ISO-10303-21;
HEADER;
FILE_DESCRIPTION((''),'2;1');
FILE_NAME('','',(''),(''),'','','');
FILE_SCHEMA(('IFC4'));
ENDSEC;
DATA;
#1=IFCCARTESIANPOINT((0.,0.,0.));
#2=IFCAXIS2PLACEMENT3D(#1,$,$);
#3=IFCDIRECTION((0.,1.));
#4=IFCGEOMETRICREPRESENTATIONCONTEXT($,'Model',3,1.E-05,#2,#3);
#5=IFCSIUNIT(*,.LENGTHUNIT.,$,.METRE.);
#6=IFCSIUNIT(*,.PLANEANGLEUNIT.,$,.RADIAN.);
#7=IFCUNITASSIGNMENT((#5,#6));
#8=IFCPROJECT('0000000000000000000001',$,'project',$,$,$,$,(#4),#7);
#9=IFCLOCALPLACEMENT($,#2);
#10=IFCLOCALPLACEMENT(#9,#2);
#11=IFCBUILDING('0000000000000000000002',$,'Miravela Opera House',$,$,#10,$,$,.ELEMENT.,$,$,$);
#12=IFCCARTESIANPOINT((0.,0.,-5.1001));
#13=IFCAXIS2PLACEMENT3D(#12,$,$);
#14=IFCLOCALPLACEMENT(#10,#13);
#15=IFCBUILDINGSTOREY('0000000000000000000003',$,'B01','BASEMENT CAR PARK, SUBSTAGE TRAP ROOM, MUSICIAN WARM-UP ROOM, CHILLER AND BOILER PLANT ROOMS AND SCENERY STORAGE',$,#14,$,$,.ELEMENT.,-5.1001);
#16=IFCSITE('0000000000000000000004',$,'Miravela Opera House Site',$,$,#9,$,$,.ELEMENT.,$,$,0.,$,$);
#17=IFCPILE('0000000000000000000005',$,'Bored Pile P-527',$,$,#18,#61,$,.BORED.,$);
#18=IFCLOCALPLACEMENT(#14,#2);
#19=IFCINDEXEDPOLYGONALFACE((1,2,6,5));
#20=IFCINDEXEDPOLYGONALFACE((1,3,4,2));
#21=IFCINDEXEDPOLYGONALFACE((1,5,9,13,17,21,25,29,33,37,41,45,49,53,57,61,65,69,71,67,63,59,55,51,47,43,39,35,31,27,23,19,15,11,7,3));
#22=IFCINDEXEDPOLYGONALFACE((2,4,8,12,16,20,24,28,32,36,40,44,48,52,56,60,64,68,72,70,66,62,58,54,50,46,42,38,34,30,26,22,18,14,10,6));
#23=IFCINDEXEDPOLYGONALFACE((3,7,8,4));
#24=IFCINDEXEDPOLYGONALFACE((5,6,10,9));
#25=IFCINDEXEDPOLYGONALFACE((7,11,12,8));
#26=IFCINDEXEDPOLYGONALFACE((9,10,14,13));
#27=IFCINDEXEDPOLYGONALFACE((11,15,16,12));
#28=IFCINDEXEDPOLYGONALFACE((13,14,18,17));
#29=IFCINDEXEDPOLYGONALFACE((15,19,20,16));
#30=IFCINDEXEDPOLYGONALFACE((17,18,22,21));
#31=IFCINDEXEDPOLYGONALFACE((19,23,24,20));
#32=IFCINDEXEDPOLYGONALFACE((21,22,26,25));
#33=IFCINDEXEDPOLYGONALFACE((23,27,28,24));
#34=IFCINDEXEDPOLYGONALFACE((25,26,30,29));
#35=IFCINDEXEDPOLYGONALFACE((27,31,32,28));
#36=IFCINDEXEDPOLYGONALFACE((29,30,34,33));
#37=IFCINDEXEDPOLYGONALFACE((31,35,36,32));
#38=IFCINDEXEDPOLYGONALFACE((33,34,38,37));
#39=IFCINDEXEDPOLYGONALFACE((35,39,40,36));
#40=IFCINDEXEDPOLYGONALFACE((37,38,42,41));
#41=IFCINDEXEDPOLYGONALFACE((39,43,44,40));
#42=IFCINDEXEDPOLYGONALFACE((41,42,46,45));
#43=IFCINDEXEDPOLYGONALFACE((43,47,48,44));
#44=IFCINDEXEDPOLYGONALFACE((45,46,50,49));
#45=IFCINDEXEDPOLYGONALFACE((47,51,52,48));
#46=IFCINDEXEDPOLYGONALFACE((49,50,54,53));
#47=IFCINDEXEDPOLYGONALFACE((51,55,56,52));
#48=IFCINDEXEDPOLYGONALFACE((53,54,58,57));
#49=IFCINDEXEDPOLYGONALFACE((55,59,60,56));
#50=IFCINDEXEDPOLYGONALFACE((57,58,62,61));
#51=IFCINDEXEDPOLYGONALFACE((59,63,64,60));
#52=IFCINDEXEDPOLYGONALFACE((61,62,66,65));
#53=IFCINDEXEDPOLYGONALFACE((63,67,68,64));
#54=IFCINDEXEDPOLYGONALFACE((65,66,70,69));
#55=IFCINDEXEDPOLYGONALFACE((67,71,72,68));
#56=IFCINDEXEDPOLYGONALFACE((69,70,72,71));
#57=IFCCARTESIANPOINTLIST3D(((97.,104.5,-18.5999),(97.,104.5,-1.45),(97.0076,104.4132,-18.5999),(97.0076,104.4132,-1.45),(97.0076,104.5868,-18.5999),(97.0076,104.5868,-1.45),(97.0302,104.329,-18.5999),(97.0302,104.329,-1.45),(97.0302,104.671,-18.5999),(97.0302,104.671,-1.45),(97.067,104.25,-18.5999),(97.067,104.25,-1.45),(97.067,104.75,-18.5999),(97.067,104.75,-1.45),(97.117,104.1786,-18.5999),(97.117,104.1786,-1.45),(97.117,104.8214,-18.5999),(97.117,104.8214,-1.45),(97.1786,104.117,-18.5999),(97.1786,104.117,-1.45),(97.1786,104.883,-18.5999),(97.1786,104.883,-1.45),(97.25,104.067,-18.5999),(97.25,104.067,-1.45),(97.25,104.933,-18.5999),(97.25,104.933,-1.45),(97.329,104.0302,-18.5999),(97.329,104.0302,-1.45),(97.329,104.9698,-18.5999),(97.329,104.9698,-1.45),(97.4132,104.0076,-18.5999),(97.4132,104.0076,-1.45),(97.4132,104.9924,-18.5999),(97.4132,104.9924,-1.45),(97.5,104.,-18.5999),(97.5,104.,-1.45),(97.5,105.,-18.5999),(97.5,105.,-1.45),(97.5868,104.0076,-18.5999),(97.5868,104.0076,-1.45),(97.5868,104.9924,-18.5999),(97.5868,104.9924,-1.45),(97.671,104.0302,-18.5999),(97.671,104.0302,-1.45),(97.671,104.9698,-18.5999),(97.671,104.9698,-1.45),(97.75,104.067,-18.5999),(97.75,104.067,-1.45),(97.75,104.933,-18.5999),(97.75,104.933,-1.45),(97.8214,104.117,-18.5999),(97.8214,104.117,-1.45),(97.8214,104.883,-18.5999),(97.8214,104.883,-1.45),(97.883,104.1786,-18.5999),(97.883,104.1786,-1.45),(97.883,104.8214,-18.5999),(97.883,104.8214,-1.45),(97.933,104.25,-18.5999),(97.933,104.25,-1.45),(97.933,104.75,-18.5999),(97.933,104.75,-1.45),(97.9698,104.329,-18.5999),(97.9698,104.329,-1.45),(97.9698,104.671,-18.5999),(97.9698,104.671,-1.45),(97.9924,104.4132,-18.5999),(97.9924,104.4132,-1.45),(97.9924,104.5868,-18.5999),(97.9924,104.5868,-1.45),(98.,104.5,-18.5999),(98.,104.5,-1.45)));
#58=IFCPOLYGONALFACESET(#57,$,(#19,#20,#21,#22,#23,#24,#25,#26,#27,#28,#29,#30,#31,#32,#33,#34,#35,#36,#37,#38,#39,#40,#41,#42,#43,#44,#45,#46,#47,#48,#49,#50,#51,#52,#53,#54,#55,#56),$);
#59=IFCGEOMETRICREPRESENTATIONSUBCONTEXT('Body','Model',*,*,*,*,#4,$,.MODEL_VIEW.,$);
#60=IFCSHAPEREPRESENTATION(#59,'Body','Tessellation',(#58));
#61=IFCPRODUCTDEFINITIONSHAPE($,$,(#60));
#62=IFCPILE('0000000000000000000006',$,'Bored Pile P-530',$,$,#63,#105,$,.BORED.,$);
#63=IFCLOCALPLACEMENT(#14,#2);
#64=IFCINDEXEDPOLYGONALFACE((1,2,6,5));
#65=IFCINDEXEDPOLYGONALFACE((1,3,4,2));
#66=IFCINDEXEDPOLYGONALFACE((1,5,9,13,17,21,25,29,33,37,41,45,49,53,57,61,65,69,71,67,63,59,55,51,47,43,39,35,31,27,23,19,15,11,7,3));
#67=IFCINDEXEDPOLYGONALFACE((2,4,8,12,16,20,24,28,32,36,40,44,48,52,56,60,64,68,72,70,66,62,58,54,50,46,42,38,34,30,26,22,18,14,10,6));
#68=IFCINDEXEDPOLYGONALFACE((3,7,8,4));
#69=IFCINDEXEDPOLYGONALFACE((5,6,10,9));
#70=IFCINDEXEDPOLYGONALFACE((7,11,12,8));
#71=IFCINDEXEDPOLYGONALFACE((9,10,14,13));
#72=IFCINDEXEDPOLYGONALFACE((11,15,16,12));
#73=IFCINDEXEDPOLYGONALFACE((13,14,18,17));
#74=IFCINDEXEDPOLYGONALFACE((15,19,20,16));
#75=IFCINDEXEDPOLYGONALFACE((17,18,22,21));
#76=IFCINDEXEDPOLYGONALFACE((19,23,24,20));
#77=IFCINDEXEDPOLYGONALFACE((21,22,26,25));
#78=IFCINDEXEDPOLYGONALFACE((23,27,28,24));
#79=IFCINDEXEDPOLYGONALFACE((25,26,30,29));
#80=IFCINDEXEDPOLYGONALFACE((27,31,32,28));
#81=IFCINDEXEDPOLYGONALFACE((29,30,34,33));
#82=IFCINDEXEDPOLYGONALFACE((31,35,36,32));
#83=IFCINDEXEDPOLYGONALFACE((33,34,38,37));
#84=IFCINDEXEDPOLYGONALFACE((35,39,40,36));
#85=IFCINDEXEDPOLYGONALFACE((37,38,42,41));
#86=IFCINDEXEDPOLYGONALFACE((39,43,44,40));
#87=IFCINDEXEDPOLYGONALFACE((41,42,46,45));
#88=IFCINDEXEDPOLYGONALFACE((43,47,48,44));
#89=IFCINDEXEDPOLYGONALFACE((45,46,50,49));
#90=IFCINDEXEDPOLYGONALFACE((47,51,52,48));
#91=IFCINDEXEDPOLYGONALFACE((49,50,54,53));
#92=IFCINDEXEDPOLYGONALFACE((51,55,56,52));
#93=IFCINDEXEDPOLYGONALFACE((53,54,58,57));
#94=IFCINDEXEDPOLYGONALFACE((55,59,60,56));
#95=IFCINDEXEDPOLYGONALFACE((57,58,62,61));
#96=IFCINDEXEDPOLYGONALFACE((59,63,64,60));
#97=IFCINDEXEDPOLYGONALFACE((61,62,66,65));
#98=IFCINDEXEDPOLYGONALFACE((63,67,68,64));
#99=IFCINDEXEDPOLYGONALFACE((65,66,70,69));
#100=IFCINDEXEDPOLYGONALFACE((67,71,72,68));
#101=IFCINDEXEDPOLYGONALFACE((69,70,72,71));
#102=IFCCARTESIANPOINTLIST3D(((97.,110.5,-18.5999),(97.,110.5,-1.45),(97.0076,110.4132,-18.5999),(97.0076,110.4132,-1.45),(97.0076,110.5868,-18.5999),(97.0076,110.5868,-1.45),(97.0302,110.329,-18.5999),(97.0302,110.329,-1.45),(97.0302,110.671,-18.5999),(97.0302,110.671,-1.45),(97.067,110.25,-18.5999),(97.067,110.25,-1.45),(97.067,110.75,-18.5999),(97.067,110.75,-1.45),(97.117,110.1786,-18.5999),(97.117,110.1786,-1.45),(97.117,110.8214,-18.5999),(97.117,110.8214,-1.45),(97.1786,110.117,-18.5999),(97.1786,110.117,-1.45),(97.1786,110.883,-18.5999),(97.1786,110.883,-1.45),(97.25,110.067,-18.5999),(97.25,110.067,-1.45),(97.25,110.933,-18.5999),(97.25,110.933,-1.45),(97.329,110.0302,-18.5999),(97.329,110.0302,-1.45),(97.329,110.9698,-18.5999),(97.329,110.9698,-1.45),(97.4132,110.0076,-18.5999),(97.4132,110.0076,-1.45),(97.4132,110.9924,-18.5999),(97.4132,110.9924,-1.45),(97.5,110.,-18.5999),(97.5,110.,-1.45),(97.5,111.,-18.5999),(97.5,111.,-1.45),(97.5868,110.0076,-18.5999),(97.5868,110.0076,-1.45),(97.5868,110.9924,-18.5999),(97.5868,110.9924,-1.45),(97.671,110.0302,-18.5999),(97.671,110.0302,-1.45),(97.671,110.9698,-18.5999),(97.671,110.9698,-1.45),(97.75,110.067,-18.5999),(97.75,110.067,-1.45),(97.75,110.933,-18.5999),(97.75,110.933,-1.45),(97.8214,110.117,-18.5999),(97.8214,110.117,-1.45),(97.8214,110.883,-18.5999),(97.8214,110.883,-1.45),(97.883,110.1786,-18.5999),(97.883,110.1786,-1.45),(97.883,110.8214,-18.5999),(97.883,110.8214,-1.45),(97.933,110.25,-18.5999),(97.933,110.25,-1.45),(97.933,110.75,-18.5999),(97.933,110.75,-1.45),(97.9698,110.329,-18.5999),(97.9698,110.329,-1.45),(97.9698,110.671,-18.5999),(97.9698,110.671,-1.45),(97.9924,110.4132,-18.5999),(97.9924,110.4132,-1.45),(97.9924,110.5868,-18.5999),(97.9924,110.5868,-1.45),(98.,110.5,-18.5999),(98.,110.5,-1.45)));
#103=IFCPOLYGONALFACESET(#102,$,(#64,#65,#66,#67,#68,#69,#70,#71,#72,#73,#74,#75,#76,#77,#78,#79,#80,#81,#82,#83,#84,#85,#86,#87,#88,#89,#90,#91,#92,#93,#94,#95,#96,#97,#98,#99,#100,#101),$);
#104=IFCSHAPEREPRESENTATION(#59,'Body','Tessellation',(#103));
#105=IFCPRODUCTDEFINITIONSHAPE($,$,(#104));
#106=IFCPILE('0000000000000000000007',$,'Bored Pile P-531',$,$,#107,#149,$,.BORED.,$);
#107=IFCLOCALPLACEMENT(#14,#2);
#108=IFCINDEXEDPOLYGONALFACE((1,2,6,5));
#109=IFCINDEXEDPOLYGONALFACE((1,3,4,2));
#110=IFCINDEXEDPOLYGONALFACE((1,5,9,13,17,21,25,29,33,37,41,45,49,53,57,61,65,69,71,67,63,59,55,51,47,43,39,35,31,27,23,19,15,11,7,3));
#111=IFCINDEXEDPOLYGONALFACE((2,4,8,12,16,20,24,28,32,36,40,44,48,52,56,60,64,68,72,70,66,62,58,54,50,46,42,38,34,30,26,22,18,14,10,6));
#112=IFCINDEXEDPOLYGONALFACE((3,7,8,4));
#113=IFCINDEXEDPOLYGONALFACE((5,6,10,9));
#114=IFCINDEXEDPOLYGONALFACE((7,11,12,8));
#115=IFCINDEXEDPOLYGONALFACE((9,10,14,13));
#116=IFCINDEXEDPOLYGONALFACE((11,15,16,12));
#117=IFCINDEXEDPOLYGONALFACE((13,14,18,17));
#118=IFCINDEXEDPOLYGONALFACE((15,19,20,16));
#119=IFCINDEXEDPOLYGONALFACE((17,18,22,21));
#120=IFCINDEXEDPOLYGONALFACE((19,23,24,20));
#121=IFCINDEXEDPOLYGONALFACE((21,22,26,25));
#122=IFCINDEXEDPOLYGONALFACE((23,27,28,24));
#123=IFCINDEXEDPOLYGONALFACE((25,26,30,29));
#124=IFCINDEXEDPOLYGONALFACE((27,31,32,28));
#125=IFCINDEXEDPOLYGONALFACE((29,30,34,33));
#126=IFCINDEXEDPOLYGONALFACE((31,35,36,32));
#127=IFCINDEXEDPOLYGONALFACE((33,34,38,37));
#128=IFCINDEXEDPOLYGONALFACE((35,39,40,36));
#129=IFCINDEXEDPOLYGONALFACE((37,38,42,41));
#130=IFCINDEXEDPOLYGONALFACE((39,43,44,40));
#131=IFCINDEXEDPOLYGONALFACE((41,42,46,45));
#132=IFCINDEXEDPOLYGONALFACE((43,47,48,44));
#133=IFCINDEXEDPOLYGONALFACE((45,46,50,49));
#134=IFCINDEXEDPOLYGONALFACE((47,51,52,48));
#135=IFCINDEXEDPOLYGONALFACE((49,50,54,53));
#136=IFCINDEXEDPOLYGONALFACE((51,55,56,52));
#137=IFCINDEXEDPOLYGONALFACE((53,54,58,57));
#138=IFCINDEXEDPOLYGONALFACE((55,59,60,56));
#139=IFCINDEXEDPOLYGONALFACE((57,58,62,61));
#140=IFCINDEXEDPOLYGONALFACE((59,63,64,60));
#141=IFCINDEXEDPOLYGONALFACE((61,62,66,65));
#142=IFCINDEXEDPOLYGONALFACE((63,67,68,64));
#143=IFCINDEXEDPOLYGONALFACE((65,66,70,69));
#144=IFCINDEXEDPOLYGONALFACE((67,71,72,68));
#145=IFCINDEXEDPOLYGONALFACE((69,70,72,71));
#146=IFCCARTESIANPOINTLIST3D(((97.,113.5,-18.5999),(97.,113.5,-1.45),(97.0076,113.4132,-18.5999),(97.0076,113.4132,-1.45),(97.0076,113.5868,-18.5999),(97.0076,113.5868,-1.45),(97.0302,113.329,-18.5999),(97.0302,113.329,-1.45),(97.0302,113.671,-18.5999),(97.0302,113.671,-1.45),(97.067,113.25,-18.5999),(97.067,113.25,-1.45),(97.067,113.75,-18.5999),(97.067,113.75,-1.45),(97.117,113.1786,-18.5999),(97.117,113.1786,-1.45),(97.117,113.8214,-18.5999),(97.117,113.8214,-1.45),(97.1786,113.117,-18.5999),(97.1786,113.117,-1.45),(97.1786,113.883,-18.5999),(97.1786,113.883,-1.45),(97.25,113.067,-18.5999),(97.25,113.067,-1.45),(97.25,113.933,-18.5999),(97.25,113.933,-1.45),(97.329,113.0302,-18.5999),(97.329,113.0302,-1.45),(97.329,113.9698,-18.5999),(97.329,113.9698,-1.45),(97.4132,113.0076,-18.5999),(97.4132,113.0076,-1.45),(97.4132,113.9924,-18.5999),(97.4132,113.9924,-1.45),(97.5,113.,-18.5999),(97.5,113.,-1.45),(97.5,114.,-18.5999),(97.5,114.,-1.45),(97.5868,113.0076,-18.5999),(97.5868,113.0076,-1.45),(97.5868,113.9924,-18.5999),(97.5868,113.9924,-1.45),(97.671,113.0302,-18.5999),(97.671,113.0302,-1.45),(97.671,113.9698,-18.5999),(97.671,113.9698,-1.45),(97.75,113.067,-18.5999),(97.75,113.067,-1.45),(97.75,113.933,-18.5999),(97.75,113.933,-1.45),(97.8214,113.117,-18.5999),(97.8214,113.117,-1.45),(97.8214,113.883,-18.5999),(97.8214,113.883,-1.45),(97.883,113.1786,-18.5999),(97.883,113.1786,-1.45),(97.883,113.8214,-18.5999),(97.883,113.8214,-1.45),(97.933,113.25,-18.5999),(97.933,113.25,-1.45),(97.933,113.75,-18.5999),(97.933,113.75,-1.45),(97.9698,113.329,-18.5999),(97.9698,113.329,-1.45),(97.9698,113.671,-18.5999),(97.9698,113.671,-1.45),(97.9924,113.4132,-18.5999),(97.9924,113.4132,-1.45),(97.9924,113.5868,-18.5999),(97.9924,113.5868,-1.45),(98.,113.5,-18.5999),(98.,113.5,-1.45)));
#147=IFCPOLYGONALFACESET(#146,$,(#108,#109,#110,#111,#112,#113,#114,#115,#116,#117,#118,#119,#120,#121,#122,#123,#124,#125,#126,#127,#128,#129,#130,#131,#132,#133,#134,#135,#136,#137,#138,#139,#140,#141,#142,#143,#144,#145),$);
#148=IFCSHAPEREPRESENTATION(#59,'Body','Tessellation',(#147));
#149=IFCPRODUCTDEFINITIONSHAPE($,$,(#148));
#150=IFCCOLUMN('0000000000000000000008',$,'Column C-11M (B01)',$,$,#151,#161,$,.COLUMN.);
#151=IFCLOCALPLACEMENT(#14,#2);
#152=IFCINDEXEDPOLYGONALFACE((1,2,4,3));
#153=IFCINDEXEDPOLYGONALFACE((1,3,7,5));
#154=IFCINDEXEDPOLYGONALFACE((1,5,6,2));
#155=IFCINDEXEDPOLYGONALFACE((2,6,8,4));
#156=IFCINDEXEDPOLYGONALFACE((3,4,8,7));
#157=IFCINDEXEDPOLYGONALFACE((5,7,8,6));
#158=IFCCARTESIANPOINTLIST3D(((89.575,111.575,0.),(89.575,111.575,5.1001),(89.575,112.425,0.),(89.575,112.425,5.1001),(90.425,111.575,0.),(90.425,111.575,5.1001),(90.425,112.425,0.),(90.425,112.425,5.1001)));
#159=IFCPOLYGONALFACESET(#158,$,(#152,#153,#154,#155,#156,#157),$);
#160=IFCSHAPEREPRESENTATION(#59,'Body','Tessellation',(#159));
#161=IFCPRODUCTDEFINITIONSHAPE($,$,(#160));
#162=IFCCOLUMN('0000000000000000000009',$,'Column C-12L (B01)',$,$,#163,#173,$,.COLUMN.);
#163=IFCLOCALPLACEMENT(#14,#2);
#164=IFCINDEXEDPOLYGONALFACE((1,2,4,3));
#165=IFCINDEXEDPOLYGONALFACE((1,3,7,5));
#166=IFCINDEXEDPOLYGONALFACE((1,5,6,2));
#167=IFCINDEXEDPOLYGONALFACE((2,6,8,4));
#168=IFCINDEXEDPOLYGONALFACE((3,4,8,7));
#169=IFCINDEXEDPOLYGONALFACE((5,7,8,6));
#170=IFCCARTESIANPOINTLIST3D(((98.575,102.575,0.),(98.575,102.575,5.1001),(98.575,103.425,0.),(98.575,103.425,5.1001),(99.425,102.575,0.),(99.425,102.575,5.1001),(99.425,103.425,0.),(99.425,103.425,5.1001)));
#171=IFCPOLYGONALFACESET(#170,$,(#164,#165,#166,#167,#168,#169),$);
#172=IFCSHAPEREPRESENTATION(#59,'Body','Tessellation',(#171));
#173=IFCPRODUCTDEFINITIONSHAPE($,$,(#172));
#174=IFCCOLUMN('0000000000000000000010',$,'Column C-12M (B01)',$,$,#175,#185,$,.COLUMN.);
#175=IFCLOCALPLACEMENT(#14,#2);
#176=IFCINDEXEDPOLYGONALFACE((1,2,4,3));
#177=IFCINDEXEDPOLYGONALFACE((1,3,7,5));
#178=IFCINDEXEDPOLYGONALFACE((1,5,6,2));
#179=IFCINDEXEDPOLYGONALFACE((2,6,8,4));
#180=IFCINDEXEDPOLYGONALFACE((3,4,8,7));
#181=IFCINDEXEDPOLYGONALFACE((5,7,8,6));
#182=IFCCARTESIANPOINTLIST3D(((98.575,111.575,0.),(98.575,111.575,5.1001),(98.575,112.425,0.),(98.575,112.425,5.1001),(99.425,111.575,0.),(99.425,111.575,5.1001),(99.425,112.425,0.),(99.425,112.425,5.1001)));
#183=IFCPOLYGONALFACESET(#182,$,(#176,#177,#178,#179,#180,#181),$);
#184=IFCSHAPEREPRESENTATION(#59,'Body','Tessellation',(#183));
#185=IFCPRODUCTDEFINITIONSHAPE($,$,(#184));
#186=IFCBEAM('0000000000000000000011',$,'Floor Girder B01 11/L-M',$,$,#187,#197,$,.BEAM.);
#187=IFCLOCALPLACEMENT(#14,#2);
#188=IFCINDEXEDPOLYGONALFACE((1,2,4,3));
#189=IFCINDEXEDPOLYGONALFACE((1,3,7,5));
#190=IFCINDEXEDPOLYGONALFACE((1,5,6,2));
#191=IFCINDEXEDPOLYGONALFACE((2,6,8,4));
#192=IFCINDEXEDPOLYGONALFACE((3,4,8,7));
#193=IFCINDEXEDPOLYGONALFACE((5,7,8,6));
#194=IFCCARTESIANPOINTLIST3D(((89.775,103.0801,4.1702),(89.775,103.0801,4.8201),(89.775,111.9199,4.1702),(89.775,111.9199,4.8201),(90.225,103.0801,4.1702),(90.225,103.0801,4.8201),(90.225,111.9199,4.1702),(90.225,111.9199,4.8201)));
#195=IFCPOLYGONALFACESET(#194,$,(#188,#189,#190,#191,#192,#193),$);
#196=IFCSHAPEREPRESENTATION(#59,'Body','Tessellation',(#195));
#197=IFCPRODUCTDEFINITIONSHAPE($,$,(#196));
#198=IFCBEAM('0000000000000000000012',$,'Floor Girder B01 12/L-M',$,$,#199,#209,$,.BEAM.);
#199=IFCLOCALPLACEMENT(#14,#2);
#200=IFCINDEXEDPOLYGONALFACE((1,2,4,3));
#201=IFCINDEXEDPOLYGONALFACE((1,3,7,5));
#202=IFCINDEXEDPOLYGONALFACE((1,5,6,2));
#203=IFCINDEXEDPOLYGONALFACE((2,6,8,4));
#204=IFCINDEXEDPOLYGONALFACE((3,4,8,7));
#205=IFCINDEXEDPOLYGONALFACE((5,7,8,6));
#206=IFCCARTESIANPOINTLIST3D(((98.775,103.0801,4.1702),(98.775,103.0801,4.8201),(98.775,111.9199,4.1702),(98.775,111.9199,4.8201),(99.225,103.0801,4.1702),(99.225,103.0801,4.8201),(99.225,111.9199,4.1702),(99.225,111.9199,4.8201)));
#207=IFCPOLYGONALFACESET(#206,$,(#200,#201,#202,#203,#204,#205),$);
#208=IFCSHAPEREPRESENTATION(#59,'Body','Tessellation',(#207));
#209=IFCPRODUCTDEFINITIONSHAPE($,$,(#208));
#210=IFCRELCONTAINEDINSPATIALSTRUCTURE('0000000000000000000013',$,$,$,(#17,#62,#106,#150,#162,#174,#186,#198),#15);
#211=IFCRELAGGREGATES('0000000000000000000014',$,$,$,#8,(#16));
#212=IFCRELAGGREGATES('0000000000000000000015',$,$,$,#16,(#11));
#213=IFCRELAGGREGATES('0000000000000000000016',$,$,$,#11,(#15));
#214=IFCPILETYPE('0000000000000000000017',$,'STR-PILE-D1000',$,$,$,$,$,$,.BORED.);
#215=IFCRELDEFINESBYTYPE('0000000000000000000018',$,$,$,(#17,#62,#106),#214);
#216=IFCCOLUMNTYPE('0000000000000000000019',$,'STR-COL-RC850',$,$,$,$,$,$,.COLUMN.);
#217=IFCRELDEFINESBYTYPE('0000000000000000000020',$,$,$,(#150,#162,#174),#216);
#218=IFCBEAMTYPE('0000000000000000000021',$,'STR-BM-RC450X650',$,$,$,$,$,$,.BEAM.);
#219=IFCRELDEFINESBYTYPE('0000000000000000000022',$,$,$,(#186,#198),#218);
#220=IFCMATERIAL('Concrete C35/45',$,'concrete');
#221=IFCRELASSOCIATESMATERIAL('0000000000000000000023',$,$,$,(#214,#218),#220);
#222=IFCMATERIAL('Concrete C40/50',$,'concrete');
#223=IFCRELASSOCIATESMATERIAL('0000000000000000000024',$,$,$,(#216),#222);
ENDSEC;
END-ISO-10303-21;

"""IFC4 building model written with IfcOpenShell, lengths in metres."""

from ifc_helpers import new_model, si_unit, direction, frame, origin, origin_2d, place, context, subcontext, project, spatial, rectangle, circle, extrude, material, material_profile, profile_set, type_object, element, save


model = new_model("IFC4")

# Units and contexts
model_context = context("Model", 3, precision=1e-05, world=origin(), true_north=direction((0.0, 1.0)))
body_context = subcontext(model_context, "Body", "Model", "MODEL_VIEW")
ifc_project = project(units=[si_unit("LENGTHUNIT", "METRE"), si_unit("PLANEANGLEUNIT", "RADIAN")], contexts=[model_context])

# Site, building, storey
site_placement = place(None, origin())
site = spatial("IfcSite", under=ifc_project, at=site_placement, Name="Miravela Opera House Site", CompositionType="ELEMENT", RefElevation=0.0)
building_placement = place(site_placement, origin())
building = spatial("IfcBuilding", under=site, at=building_placement, Name="Miravela Opera House", CompositionType="ELEMENT")
storey_placement = place(building_placement, frame((0.0, 0.0, -5.1001)))
storey = spatial("IfcBuildingStorey", under=building, at=storey_placement, Name="B01", Description="BASEMENT CAR PARK, SUBSTAGE TRAP ROOM, MUSICIAN WARM-UP ROOM, CHILLER AND BOILER PLANT ROOMS AND SCENERY STORAGE", CompositionType="ELEMENT", Elevation=-5.1001)

# Shared definitions
ifc_material_1 = material(Name="Concrete C35/45", Category="concrete")

# Piles
ifc_material_profile_1 = material_profile(ifc_material_1, circle(Radius=0.5, at=origin_2d()), Name="PILE-D1000")
ifc_profile_set_1 = profile_set([ifc_material_profile_1])
pile_type = type_object("IfcPileType", Name="STR-PILE-D1000", PredefinedType="BORED", material=ifc_profile_set_1)
for number, where, z_axis, x_axis, name in (
    (1, (97.5, 104.5, -1.45), (0.0, 0.0, -1.0), (1.0, 0.0, 0.0), "Bored Pile P-527"),
    (2, (97.5, 110.5, -1.45), (0.0, 0.0, -1.0), (1.0, 0.0, 0.0), "Bored Pile P-530"),
    (3, (97.5, 113.5, -1.45), (0.0, 0.0, -1.0), (1.0, 0.0, 0.0), "Bored Pile P-531"),
):
    element("IfcPile", number, at=place(storey_placement, frame(where, z_axis=z_axis, x_axis=x_axis)), inside=storey, type_object=pile_type, Name=name, PredefinedType="BORED", context=body_context, shape_type="SweptSolid", body=[
        extrude(circle(Radius=0.5, at=origin_2d()), origin(), (0.0, 0.0, 1.0), 17.1499),
    ])

# Columns
ifc_material_2 = material(Name="Concrete C40/50", Category="concrete")
ifc_material_profile_2 = material_profile(ifc_material_2, rectangle(XDim=0.8501, YDim=0.8501, at=origin_2d()), Name="RC-COL-850X850")
ifc_profile_set_2 = profile_set([ifc_material_profile_2])
column_type = type_object("IfcColumnType", Name="STR-COL-RC850", PredefinedType="COLUMN", material=ifc_profile_set_2)
for number, where, z_axis, x_axis, name in (
    (4, (90.0, 112.0, 0.0), (0.0, 0.0, 1.0), (1.0, 0.0, 0.0), "Column C-11M (B01)"),
    (5, (99.0, 103.0, 0.0), (0.0, 0.0, 1.0), (1.0, 0.0, 0.0), "Column C-12L (B01)"),
    (6, (99.0, 112.0, 0.0), (0.0, 0.0, 1.0), (1.0, 0.0, 0.0), "Column C-12M (B01)"),
):
    element("IfcColumn", number, at=place(storey_placement, frame(where, z_axis=z_axis, x_axis=x_axis)), inside=storey, type_object=column_type, Name=name, PredefinedType="COLUMN", context=body_context, shape_type="SweptSolid", body=[
        extrude(rectangle(XDim=0.8501, YDim=0.8501, at=origin_2d()), origin(), (0.0, 0.0, 1.0), 5.1001),
    ])

# Beams
ifc_material_profile_3 = material_profile(ifc_material_1, rectangle(XDim=0.45, YDim=0.6499, at=origin_2d()), Name="RC-BM-450X650")
ifc_profile_set_3 = profile_set([ifc_material_profile_3])
beam_type_1 = type_object("IfcBeamType", Name="STR-BM-RC450X650", PredefinedType="BEAM", material=ifc_profile_set_3)
for number, where, z_axis, x_axis, name in (
    (7, (90.0, 103.0801, 4.4951), (0.0, 1.0, 0.0), (-1.0, 0.0, 0.0), "Floor Girder B01 11/L-M"),
    (8, (99.0, 103.0801, 4.4951), (0.0, 1.0, 0.0), (-1.0, 0.0, 0.0), "Floor Girder B01 12/L-M"),
):
    element("IfcBeam", number, at=place(storey_placement, frame(where, z_axis=z_axis, x_axis=x_axis)), inside=storey, type_object=beam_type_1, Name=name, PredefinedType="BEAM", context=body_context, shape_type="SweptSolid", body=[
        extrude(rectangle(XDim=0.45, YDim=0.6499, at=origin_2d()), origin(), (0.0, 0.0, 1.0), 8.8398),
    ])

save(model, "model.ifc")
